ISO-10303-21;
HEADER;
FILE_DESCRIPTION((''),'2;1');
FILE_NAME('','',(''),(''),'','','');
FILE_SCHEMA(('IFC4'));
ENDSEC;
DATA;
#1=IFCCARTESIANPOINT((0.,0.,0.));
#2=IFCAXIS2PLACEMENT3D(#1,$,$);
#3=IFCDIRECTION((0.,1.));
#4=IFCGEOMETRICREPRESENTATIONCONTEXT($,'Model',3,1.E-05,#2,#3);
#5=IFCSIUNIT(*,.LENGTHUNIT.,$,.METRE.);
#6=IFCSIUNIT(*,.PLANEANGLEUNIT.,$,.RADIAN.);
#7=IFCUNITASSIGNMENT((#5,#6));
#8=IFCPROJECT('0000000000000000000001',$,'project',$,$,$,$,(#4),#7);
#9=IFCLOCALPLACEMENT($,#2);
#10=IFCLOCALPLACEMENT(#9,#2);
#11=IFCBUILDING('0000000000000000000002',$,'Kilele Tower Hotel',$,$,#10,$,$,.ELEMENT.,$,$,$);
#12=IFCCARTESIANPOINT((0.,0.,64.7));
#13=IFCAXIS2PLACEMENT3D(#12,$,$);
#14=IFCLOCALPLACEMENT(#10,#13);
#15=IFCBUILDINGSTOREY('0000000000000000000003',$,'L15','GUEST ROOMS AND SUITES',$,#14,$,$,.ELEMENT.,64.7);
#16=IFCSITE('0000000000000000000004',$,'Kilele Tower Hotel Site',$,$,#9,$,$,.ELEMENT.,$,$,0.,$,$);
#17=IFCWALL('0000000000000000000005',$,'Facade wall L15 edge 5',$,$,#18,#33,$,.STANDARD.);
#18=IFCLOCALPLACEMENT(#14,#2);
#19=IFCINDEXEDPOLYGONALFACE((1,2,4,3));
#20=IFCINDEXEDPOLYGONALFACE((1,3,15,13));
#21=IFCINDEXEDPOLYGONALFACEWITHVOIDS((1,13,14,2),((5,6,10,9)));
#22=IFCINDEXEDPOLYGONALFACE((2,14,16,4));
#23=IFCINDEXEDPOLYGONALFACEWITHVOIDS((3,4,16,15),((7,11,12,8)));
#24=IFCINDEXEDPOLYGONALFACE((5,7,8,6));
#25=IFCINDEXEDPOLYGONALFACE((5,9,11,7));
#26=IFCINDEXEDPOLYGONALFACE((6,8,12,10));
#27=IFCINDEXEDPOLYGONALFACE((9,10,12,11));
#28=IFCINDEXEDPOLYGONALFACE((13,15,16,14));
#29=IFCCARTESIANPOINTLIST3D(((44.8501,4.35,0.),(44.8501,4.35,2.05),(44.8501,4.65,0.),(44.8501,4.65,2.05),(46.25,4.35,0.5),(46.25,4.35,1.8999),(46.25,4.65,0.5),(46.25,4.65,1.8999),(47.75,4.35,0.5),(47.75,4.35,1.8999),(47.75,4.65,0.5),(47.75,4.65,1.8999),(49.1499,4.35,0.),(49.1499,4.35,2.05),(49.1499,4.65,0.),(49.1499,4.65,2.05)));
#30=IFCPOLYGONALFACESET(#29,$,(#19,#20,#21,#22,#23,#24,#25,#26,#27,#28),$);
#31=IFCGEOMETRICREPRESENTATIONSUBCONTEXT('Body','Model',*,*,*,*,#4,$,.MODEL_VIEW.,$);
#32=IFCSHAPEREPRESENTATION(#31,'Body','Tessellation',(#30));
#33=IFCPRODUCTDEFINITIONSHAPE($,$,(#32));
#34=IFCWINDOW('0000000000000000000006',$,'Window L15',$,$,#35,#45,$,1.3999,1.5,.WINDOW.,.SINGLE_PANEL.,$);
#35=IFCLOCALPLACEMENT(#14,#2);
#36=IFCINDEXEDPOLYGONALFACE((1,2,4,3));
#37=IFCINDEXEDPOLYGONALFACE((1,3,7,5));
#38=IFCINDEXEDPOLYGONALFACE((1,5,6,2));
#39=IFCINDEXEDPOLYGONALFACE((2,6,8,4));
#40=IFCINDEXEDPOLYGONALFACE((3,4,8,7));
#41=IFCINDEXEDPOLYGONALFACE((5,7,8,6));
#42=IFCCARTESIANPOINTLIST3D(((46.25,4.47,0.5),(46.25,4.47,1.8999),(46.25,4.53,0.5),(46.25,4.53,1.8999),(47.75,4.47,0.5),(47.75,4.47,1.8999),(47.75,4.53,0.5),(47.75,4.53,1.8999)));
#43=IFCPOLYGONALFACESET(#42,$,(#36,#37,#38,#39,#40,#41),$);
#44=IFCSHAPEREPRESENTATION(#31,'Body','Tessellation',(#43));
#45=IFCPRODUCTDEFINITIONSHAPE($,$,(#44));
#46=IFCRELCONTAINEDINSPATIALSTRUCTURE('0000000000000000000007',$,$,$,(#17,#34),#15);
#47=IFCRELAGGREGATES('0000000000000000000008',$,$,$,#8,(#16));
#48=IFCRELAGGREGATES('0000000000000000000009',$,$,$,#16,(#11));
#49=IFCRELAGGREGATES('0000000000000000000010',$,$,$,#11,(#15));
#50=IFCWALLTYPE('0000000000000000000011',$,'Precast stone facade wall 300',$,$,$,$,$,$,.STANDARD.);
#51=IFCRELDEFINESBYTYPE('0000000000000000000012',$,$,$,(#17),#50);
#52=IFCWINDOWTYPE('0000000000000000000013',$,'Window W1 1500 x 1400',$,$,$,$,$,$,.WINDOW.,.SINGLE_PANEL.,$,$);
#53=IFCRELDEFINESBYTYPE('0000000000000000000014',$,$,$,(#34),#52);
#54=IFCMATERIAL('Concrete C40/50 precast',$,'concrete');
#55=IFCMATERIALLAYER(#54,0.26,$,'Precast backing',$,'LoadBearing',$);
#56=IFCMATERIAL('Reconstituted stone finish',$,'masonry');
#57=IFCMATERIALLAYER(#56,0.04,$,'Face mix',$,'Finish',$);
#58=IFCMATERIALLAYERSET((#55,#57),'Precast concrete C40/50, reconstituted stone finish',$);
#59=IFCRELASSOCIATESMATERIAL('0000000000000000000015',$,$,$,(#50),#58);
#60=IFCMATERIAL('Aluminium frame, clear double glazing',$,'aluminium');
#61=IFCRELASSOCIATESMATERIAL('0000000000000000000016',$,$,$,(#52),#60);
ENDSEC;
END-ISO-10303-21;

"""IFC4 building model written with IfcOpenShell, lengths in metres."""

from ifc_helpers import new_model, si_unit, direction, frame, frame_2d, origin, place, context, subcontext, project, spatial, rectangle, extrude, material, layer, layer_set, type_object, element, fill, save


model = new_model("IFC4")

# Units and contexts
model_context = context("Model", 3, precision=1e-05, world=origin(), true_north=direction((0.0, 1.0)))
body_context = subcontext(model_context, "Body", "Model", "MODEL_VIEW")
ifc_project = project(units=[si_unit("LENGTHUNIT", "METRE"), si_unit("PLANEANGLEUNIT", "RADIAN")], contexts=[model_context])

# Site, building, storey
site_placement = place(None, origin())
site = spatial("IfcSite", under=ifc_project, at=site_placement, Name="Kilele Tower Hotel Site", CompositionType="ELEMENT", RefElevation=0.0)
building_placement = place(site_placement, origin())
building = spatial("IfcBuilding", under=site, at=building_placement, Name="Kilele Tower Hotel", CompositionType="ELEMENT")
storey_placement = place(building_placement, frame((0.0, 0.0, 64.7)))
storey = spatial("IfcBuildingStorey", under=building, at=storey_placement, Name="L15", Description="GUEST ROOMS AND SUITES", CompositionType="ELEMENT", Elevation=64.7)

# Wall, opening, window
ifc_material_1 = material(Name="Concrete C40/50 precast", Category="concrete")
ifc_layer_1 = layer(ifc_material_1, 0.26, Name="Precast backing", Category="LoadBearing")
ifc_material_2 = material(Name="Reconstituted stone finish", Category="masonry")
ifc_layer_2 = layer(ifc_material_2, 0.04, Name="Face mix", Category="Finish")
ifc_layer_set_1 = layer_set([ifc_layer_1, ifc_layer_2], Name="Precast concrete C40/50, reconstituted stone finish")
wall_type_1 = type_object("IfcWallType", Name="Precast stone facade wall 300", PredefinedType="STANDARD", material=ifc_layer_set_1)
ifc_material_3 = material(Name="Aluminium frame, clear double glazing", Category="aluminium")
window_type = type_object("IfcWindowType", Name="Window W1 1500 x 1400", PartitioningType="SINGLE_PANEL", PredefinedType="WINDOW", material=ifc_material_3)
wall_1_placement = place(storey_placement, frame((44.8501, 4.5, 0.0), z_axis=(0.0, 0.0, 1.0), x_axis=(1.0, 0.0, 0.0)))
wall_1 = element("IfcWall", 1, at=wall_1_placement, inside=storey, type_object=wall_type_1, Name="Facade wall L15 edge 5", PredefinedType="STANDARD", context=body_context, shape_type="SweptSolid", body=[
    extrude(rectangle(XDim=4.2998, YDim=0.3, at=frame_2d((2.1499, 0.0))), origin(), (0.0, 0.0, 1.0), 2.05),
])
opening_1_placement = place(wall_1_placement, frame((1.3999, 0.0, 0.5)))
opening_1 = element("IfcOpeningElement", 2, at=opening_1_placement, cuts=wall_1, PredefinedType="OPENING", context=body_context, shape_type="SweptSolid", body=[
    extrude(rectangle(XDim=1.5, YDim=1.3999, at=frame_2d((0.75, 0.7))), frame((0.0, 0.1599, 0.0), z_axis=(0.0, -1.0, 0.0), x_axis=(1.0, 0.0, 0.0)), (0.0, 0.0, 1.0), 0.3201),
])
window_1_placement = place(opening_1_placement, origin())
window_1 = element("IfcWindow", 3, at=window_1_placement, inside=storey, type_object=window_type, Name="Window L15", OverallHeight=1.3999, OverallWidth=1.5, PartitioningType="SINGLE_PANEL", PredefinedType="WINDOW", context=body_context, shape_type="SweptSolid", body=[
    extrude(rectangle(XDim=1.5, YDim=1.3999, at=frame_2d((0.75, 0.7))), frame((0.0, 0.03, 0.0), z_axis=(0.0, -1.0, 0.0), x_axis=(1.0, 0.0, 0.0)), (0.0, 0.0, 1.0), 0.0601),
])
fill(opening_1, window_1)

save(model, "model.ifc")
